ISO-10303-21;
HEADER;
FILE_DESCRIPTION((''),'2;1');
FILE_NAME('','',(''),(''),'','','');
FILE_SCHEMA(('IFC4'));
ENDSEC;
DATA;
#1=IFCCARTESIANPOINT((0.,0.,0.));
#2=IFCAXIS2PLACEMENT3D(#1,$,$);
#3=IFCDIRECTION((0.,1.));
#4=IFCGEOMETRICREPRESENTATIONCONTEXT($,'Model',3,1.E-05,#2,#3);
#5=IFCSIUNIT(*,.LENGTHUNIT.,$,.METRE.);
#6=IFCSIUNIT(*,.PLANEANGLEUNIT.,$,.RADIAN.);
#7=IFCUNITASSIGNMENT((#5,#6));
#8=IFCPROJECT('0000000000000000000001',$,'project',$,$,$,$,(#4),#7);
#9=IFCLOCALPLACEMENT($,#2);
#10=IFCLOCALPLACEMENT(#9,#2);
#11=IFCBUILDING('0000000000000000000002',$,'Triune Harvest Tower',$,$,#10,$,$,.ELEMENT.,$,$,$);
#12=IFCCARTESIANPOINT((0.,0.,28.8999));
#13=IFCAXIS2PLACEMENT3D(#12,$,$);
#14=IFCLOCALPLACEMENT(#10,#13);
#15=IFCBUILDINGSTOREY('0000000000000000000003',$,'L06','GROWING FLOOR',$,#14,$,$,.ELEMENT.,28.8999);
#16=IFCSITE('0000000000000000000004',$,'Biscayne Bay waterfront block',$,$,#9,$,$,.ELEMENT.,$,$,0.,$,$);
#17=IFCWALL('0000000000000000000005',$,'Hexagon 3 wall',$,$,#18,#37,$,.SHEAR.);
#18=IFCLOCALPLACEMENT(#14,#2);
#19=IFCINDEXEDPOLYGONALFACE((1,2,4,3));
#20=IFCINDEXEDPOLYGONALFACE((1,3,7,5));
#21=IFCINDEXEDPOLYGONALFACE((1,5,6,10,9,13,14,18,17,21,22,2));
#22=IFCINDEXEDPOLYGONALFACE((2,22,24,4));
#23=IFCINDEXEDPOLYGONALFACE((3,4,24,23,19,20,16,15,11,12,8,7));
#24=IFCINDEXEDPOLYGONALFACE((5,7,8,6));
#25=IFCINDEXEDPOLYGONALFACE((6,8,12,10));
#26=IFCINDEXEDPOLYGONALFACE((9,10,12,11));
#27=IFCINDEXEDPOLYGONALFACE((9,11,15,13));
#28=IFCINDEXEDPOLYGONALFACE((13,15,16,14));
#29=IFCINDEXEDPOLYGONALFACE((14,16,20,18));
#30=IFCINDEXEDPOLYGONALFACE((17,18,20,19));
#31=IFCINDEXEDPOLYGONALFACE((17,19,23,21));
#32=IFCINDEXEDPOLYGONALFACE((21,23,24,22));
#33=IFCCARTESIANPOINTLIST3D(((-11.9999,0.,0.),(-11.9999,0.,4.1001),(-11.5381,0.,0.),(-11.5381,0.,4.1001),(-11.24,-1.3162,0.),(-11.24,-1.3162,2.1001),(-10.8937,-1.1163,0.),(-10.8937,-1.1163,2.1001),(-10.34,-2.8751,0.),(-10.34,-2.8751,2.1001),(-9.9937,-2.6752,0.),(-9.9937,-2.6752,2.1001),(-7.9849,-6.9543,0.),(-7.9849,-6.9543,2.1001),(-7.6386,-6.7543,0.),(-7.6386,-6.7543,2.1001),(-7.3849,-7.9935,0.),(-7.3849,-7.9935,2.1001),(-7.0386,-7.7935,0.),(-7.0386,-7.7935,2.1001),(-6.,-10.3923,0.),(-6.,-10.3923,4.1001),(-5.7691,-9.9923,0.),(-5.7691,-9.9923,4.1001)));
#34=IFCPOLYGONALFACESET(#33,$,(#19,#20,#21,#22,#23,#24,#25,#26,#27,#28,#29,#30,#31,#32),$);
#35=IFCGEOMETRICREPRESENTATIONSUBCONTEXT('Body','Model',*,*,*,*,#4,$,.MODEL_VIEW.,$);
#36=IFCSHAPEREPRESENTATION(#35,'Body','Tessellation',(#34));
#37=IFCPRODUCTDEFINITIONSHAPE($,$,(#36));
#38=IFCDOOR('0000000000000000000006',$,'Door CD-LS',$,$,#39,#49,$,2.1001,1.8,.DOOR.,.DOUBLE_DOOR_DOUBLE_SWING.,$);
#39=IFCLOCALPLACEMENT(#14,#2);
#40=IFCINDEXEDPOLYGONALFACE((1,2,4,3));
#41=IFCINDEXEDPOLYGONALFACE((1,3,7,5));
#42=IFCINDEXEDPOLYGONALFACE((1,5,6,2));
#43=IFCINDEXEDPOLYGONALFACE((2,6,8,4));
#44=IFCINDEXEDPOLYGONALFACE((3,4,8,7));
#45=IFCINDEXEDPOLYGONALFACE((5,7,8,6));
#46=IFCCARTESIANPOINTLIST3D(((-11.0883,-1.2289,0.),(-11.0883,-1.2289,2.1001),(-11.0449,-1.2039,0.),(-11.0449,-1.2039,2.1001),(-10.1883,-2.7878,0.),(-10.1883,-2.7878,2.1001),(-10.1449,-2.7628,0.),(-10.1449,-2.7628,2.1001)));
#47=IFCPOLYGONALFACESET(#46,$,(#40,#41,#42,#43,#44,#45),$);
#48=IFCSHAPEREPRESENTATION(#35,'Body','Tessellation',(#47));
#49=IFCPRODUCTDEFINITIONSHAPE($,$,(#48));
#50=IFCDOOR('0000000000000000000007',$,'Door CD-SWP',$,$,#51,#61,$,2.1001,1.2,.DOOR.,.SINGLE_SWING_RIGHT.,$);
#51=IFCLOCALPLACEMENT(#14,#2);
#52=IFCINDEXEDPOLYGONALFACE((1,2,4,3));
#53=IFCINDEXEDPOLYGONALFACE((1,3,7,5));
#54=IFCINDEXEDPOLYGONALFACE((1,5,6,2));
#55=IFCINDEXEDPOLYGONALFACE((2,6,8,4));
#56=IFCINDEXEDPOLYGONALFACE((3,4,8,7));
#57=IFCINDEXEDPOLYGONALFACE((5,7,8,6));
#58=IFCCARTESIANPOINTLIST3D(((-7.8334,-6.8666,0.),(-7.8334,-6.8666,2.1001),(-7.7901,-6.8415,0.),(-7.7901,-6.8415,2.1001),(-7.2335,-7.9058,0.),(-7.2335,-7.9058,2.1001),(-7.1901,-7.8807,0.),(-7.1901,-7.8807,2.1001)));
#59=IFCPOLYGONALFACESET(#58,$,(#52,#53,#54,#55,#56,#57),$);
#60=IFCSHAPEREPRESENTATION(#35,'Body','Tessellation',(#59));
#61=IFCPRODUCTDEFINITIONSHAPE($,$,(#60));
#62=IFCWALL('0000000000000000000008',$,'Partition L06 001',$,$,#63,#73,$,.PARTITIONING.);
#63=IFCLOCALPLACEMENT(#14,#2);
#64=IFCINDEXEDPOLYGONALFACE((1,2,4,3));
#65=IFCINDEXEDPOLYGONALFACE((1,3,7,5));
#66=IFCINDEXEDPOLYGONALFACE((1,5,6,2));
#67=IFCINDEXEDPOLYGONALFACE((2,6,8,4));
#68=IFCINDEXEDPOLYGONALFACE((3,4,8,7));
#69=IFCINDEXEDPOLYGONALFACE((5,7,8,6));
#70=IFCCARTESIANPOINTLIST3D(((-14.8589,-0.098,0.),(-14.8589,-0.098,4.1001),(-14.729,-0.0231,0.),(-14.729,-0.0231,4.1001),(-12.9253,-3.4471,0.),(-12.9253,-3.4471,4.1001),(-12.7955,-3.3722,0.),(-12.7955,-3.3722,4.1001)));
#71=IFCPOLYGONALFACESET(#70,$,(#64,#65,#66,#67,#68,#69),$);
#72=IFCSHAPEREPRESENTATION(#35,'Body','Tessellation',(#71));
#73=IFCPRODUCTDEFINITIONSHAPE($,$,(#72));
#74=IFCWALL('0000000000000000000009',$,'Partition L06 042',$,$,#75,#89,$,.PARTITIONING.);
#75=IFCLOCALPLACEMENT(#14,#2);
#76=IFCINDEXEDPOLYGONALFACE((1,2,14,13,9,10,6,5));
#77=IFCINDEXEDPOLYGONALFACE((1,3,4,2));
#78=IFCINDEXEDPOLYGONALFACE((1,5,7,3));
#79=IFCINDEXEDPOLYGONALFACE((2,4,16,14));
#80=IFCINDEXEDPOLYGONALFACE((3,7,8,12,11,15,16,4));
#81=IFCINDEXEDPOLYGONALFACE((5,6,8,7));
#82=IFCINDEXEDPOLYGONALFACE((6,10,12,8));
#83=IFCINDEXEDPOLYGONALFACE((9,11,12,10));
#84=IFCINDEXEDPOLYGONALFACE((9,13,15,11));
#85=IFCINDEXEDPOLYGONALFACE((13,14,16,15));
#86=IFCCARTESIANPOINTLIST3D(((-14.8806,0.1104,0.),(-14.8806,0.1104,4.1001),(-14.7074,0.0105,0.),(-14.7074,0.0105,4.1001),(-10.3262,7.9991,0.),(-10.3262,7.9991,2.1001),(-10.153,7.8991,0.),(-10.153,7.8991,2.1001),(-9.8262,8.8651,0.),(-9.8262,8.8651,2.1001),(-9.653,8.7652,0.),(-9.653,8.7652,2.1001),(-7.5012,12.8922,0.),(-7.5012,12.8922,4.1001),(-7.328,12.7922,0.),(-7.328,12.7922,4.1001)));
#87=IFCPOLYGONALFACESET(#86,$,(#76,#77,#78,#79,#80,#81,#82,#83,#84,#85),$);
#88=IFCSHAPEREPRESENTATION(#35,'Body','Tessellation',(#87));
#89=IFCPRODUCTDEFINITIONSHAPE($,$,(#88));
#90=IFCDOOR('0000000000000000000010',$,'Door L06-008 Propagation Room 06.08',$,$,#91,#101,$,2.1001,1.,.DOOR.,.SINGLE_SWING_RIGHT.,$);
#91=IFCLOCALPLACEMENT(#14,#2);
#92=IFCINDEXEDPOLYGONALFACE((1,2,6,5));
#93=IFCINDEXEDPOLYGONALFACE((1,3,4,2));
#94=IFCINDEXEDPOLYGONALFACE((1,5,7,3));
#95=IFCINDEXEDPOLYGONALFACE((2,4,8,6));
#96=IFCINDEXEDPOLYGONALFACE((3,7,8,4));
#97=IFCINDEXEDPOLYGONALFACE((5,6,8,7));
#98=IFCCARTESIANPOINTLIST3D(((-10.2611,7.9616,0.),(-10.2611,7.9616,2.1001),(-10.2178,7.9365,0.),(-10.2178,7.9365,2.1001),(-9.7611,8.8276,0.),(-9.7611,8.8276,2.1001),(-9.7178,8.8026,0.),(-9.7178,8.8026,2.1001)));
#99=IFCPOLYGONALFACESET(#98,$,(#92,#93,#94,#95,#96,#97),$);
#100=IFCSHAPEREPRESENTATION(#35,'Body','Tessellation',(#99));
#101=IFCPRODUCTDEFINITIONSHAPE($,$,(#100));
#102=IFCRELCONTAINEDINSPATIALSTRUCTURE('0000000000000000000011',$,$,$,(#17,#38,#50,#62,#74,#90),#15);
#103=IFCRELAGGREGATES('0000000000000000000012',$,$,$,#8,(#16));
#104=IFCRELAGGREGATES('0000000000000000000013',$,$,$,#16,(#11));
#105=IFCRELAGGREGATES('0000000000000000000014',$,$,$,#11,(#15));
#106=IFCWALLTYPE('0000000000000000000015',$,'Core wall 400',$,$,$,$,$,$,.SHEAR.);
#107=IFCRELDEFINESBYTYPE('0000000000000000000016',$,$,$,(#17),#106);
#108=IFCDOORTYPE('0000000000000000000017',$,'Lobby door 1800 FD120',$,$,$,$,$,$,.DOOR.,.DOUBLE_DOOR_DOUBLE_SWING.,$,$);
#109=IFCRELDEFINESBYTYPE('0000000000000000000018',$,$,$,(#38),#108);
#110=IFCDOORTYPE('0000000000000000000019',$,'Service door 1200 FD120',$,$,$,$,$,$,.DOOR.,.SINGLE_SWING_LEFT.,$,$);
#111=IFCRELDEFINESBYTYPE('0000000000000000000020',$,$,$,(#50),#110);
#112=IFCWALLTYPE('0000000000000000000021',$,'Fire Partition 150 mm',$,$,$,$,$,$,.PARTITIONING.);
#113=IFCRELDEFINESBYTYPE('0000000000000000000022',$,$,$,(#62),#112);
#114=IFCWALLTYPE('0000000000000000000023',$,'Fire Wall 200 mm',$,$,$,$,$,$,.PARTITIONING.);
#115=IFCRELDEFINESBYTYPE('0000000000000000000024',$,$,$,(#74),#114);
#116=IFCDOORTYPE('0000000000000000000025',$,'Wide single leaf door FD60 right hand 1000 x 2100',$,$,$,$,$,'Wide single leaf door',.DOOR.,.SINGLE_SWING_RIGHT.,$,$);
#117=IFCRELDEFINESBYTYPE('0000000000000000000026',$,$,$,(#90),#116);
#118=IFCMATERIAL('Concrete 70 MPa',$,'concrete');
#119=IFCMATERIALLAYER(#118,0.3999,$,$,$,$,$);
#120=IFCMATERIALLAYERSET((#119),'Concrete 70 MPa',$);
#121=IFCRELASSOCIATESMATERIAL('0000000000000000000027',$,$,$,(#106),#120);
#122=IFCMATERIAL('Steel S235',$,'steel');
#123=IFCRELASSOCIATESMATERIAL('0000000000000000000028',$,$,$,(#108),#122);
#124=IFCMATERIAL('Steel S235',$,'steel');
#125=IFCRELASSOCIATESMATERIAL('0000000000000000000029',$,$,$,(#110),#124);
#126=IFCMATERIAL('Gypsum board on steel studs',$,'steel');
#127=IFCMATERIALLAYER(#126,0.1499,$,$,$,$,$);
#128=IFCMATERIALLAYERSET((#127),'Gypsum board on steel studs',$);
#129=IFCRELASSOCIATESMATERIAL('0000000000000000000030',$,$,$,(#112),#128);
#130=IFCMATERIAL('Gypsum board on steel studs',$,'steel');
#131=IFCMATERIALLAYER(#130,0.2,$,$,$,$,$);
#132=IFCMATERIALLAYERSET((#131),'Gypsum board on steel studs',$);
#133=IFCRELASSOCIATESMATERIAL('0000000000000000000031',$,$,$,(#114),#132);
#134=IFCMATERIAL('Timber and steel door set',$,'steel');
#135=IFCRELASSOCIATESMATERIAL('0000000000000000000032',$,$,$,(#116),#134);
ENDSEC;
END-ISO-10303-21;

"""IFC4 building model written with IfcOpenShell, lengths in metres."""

from ifc_helpers import new_model, si_unit, direction, frame, frame_2d, origin, place, context, subcontext, project, spatial, polyline, rectangle, outline, extrude, source, transform, mapped, material, layer, layer_set, type_object, element, fill, save


model = new_model("IFC4")

# Units and contexts
model_context = context("Model", 3, precision=1e-05, world=origin(), true_north=direction((0.0, 1.0)))
body_context = subcontext(model_context, "Body", "Model", "MODEL_VIEW")
ifc_project = project(units=[si_unit("LENGTHUNIT", "METRE"), si_unit("PLANEANGLEUNIT", "RADIAN")], contexts=[model_context])

# Site, building, storey
site_placement = place(None, origin())
site = spatial("IfcSite", under=ifc_project, at=site_placement, Name="Biscayne Bay waterfront block", CompositionType="ELEMENT", RefElevation=0.0)
building_placement = place(site_placement, origin())
building = spatial("IfcBuilding", under=site, at=building_placement, Name="Triune Harvest Tower", CompositionType="ELEMENT")
storey_placement = place(building_placement, frame((0.0, 0.0, 28.8999)))
storey = spatial("IfcBuildingStorey", under=building, at=storey_placement, Name="L06", Description="GROWING FLOOR", CompositionType="ELEMENT", Elevation=28.8999)

# Wall, openings, doors
ifc_material_1 = material(Name="Concrete 70 MPa", Category="concrete")
ifc_layer_1 = layer(ifc_material_1, 0.3999)
ifc_layer_set_1 = layer_set([ifc_layer_1], Name="Concrete 70 MPa")
wall_type_1 = type_object("IfcWallType", Name="Core wall 400", PredefinedType="SHEAR", material=ifc_layer_set_1)
shared_shape_1 = source(origin(), body_context, "Body", "SweptSolid", [
    extrude(outline(polyline([(-0.1155, -0.2), (11.8845, -0.2), (11.6536, 0.2), (0.1155, 0.2), (-0.1155, -0.2)])), origin(), (0.0, 0.0, 1.0), 4.1001),
])
wall_1_placement = place(storey_placement, frame((-11.769, 0.0, 0.0), z_axis=(0.0, 0.0, 1.0), x_axis=(0.499997, -0.866027, 0.0)))
wall_1 = element("IfcWall", 1, at=wall_1_placement, inside=storey, type_object=wall_type_1, Name="Hexagon 3 wall", PredefinedType="SHEAR", context=body_context, shape_type="MappedRepresentation", body=[
    mapped(shared_shape_1, transform((0.0, 0.0, 0.0), scale=1.0)),
])
opening_1_placement = place(wall_1_placement, frame((1.4045, 0.0, 0.0)))
opening_1 = element("IfcOpeningElement", 2, at=opening_1_placement, cuts=wall_1, PredefinedType="OPENING", context=body_context, shape_type="SweptSolid", body=[
    extrude(rectangle(XDim=1.8, YDim=2.1001, at=frame_2d((0.8999, 1.05))), frame((0.0, 0.21, 0.0), z_axis=(0.0, -1.0, 0.0), x_axis=(1.0, 0.0, 0.0)), (0.0, 0.0, 1.0), 0.4199),
])
opening_2_placement = place(wall_1_placement, frame((7.9146, 0.0, 0.0)))
opening_2 = element("IfcOpeningElement", 3, at=opening_2_placement, cuts=wall_1, PredefinedType="OPENING", context=body_context, shape_type="SweptSolid", body=[
    extrude(rectangle(XDim=1.2, YDim=2.1001, at=frame_2d((0.6001, 1.05))), frame((0.0, 0.21, 0.0), z_axis=(0.0, -1.0, 0.0), x_axis=(1.0, 0.0, 0.0)), (0.0, 0.0, 1.0), 0.4199),
])
ifc_material_2 = material(Name="Steel S235", Category="steel")
door_type_1 = type_object("IfcDoorType", Name="Lobby door 1800 FD120", OperationType="DOUBLE_DOOR_DOUBLE_SWING", PredefinedType="DOOR", material=ifc_material_2)
door_1_placement = place(opening_1_placement, frame((1.8, 0.0, 0.0), z_axis=(0.0, 0.0, 1.0), x_axis=(-1.0, 0.0, 0.0)))
door_1 = element("IfcDoor", 4, at=door_1_placement, inside=storey, type_object=door_type_1, Name="Door CD-LS", OperationType="DOUBLE_DOOR_DOUBLE_SWING", OverallHeight=2.1001, OverallWidth=1.8, PredefinedType="DOOR", context=body_context, shape_type="SweptSolid", body=[
    extrude(rectangle(XDim=1.8, YDim=2.1001, at=frame_2d((0.8999, 1.05))), frame((0.0, 0.0249, 0.0), z_axis=(0.0, -1.0, 0.0), x_axis=(1.0, 0.0, 0.0)), (0.0, 0.0, 1.0), 0.05),
])
fill(opening_1, door_1)
ifc_material_3 = material(Name="Steel S235", Category="steel")
door_type_2 = type_object("IfcDoorType", Name="Service door 1200 FD120", OperationType="SINGLE_SWING_LEFT", PredefinedType="DOOR", material=ifc_material_3)
door_2_placement = place(opening_2_placement, frame((1.2, 0.0, 0.0), z_axis=(0.0, 0.0, 1.0), x_axis=(-1.0, 0.0, 0.0)))
door_2 = element("IfcDoor", 5, at=door_2_placement, inside=storey, type_object=door_type_2, Name="Door CD-SWP", OperationType="SINGLE_SWING_RIGHT", OverallHeight=2.1001, OverallWidth=1.2, PredefinedType="DOOR", context=body_context, shape_type="SweptSolid", body=[
    extrude(rectangle(XDim=1.2, YDim=2.1001, at=frame_2d((0.6001, 1.05))), frame((0.0, 0.0249, 0.0), z_axis=(0.0, -1.0, 0.0), x_axis=(1.0, 0.0, 0.0)), (0.0, 0.0, 1.0), 0.05),
])
fill(opening_2, door_2)

# Wall
ifc_material_4 = material(Name="Gypsum board on steel studs", Category="steel")
ifc_layer_2 = layer(ifc_material_4, 0.1499)
ifc_layer_set_2 = layer_set([ifc_layer_2], Name="Gypsum board on steel studs")
wall_type_2 = type_object("IfcWallType", Name="Fire Partition 150 mm", PredefinedType="PARTITIONING", material=ifc_layer_set_2)
shared_shape_2 = source(origin(), body_context, "Body", "SweptSolid", [
    extrude(rectangle(XDim=3.8672, YDim=0.1499, at=frame_2d((1.9336, 0.0))), origin(), (0.0, 0.0, 1.0), 4.1001),
])
wall_2_placement = place(storey_placement, frame((-14.7939, -0.0605, 0.0), z_axis=(0.0, 0.0, 1.0), x_axis=(0.499996, -0.866028, 0.0)))
element("IfcWall", 6, at=wall_2_placement, inside=storey, type_object=wall_type_2, Name="Partition L06 001", PredefinedType="PARTITIONING", context=body_context, shape_type="MappedRepresentation", body=[
    mapped(shared_shape_2, transform((0.0, 0.0, 0.0), scale=1.0)),
])

# Wall, opening, door
ifc_material_5 = material(Name="Gypsum board on steel studs", Category="steel")
ifc_layer_3 = layer(ifc_material_5, 0.2)
ifc_layer_set_3 = layer_set([ifc_layer_3], Name="Gypsum board on steel studs")
wall_type_3 = type_object("IfcWallType", Name="Fire Wall 200 mm", PredefinedType="PARTITIONING", material=ifc_layer_set_3)
shared_shape_3 = source(origin(), body_context, "Body", "SweptSolid", [
    extrude(rectangle(XDim=14.759, YDim=0.2, at=frame_2d((7.3794, 0.0))), origin(), (0.0, 0.0, 1.0), 4.1001),
])
wall_3_placement = place(storey_placement, frame((-14.7939, 0.0605, 0.0), z_axis=(0.0, 0.0, 1.0), x_axis=(0.499993, 0.86603, 0.0)))
wall_3 = element("IfcWall", 7, at=wall_3_placement, inside=storey, type_object=wall_type_3, Name="Partition L06 042", PredefinedType="PARTITIONING", context=body_context, shape_type="MappedRepresentation", body=[
    mapped(shared_shape_3, transform((0.0, 0.0, 0.0), scale=1.0)),
])
opening_3_placement = place(wall_3_placement, frame((9.1089, 0.0, 0.0)))
opening_3 = element("IfcOpeningElement", 8, at=opening_3_placement, cuts=wall_3, PredefinedType="OPENING", context=body_context, shape_type="SweptSolid", body=[
    extrude(rectangle(XDim=1.0, YDim=2.1001, at=frame_2d((0.5, 1.05))), frame((0.0, 0.1099, 0.0), z_axis=(0.0, -1.0, 0.0), x_axis=(1.0, 0.0, 0.0)), (0.0, 0.0, 1.0), 0.22),
])
ifc_material_6 = material(Name="Timber and steel door set", Category="steel")
door_type_3 = type_object("IfcDoorType", Name="Wide single leaf door FD60 right hand 1000 x 2100", ElementType="Wide single leaf door", OperationType="SINGLE_SWING_RIGHT", PredefinedType="DOOR", material=ifc_material_6)
door_3_placement = place(opening_3_placement, origin())
door_3 = element("IfcDoor", 9, at=door_3_placement, inside=storey, type_object=door_type_3, Name="Door L06-008 Propagation Room 06.08", OperationType="SINGLE_SWING_RIGHT", OverallHeight=2.1001, OverallWidth=1.0, PredefinedType="DOOR", context=body_context, shape_type="SweptSolid", body=[
    extrude(rectangle(XDim=1.0, YDim=2.1001, at=frame_2d((0.5, 1.05))), frame((0.0, 0.0249, 0.0), z_axis=(0.0, -1.0, 0.0), x_axis=(1.0, 0.0, 0.0)), (0.0, 0.0, 1.0), 0.05),
])
fill(opening_3, door_3)

save(model, "model.ifc")
